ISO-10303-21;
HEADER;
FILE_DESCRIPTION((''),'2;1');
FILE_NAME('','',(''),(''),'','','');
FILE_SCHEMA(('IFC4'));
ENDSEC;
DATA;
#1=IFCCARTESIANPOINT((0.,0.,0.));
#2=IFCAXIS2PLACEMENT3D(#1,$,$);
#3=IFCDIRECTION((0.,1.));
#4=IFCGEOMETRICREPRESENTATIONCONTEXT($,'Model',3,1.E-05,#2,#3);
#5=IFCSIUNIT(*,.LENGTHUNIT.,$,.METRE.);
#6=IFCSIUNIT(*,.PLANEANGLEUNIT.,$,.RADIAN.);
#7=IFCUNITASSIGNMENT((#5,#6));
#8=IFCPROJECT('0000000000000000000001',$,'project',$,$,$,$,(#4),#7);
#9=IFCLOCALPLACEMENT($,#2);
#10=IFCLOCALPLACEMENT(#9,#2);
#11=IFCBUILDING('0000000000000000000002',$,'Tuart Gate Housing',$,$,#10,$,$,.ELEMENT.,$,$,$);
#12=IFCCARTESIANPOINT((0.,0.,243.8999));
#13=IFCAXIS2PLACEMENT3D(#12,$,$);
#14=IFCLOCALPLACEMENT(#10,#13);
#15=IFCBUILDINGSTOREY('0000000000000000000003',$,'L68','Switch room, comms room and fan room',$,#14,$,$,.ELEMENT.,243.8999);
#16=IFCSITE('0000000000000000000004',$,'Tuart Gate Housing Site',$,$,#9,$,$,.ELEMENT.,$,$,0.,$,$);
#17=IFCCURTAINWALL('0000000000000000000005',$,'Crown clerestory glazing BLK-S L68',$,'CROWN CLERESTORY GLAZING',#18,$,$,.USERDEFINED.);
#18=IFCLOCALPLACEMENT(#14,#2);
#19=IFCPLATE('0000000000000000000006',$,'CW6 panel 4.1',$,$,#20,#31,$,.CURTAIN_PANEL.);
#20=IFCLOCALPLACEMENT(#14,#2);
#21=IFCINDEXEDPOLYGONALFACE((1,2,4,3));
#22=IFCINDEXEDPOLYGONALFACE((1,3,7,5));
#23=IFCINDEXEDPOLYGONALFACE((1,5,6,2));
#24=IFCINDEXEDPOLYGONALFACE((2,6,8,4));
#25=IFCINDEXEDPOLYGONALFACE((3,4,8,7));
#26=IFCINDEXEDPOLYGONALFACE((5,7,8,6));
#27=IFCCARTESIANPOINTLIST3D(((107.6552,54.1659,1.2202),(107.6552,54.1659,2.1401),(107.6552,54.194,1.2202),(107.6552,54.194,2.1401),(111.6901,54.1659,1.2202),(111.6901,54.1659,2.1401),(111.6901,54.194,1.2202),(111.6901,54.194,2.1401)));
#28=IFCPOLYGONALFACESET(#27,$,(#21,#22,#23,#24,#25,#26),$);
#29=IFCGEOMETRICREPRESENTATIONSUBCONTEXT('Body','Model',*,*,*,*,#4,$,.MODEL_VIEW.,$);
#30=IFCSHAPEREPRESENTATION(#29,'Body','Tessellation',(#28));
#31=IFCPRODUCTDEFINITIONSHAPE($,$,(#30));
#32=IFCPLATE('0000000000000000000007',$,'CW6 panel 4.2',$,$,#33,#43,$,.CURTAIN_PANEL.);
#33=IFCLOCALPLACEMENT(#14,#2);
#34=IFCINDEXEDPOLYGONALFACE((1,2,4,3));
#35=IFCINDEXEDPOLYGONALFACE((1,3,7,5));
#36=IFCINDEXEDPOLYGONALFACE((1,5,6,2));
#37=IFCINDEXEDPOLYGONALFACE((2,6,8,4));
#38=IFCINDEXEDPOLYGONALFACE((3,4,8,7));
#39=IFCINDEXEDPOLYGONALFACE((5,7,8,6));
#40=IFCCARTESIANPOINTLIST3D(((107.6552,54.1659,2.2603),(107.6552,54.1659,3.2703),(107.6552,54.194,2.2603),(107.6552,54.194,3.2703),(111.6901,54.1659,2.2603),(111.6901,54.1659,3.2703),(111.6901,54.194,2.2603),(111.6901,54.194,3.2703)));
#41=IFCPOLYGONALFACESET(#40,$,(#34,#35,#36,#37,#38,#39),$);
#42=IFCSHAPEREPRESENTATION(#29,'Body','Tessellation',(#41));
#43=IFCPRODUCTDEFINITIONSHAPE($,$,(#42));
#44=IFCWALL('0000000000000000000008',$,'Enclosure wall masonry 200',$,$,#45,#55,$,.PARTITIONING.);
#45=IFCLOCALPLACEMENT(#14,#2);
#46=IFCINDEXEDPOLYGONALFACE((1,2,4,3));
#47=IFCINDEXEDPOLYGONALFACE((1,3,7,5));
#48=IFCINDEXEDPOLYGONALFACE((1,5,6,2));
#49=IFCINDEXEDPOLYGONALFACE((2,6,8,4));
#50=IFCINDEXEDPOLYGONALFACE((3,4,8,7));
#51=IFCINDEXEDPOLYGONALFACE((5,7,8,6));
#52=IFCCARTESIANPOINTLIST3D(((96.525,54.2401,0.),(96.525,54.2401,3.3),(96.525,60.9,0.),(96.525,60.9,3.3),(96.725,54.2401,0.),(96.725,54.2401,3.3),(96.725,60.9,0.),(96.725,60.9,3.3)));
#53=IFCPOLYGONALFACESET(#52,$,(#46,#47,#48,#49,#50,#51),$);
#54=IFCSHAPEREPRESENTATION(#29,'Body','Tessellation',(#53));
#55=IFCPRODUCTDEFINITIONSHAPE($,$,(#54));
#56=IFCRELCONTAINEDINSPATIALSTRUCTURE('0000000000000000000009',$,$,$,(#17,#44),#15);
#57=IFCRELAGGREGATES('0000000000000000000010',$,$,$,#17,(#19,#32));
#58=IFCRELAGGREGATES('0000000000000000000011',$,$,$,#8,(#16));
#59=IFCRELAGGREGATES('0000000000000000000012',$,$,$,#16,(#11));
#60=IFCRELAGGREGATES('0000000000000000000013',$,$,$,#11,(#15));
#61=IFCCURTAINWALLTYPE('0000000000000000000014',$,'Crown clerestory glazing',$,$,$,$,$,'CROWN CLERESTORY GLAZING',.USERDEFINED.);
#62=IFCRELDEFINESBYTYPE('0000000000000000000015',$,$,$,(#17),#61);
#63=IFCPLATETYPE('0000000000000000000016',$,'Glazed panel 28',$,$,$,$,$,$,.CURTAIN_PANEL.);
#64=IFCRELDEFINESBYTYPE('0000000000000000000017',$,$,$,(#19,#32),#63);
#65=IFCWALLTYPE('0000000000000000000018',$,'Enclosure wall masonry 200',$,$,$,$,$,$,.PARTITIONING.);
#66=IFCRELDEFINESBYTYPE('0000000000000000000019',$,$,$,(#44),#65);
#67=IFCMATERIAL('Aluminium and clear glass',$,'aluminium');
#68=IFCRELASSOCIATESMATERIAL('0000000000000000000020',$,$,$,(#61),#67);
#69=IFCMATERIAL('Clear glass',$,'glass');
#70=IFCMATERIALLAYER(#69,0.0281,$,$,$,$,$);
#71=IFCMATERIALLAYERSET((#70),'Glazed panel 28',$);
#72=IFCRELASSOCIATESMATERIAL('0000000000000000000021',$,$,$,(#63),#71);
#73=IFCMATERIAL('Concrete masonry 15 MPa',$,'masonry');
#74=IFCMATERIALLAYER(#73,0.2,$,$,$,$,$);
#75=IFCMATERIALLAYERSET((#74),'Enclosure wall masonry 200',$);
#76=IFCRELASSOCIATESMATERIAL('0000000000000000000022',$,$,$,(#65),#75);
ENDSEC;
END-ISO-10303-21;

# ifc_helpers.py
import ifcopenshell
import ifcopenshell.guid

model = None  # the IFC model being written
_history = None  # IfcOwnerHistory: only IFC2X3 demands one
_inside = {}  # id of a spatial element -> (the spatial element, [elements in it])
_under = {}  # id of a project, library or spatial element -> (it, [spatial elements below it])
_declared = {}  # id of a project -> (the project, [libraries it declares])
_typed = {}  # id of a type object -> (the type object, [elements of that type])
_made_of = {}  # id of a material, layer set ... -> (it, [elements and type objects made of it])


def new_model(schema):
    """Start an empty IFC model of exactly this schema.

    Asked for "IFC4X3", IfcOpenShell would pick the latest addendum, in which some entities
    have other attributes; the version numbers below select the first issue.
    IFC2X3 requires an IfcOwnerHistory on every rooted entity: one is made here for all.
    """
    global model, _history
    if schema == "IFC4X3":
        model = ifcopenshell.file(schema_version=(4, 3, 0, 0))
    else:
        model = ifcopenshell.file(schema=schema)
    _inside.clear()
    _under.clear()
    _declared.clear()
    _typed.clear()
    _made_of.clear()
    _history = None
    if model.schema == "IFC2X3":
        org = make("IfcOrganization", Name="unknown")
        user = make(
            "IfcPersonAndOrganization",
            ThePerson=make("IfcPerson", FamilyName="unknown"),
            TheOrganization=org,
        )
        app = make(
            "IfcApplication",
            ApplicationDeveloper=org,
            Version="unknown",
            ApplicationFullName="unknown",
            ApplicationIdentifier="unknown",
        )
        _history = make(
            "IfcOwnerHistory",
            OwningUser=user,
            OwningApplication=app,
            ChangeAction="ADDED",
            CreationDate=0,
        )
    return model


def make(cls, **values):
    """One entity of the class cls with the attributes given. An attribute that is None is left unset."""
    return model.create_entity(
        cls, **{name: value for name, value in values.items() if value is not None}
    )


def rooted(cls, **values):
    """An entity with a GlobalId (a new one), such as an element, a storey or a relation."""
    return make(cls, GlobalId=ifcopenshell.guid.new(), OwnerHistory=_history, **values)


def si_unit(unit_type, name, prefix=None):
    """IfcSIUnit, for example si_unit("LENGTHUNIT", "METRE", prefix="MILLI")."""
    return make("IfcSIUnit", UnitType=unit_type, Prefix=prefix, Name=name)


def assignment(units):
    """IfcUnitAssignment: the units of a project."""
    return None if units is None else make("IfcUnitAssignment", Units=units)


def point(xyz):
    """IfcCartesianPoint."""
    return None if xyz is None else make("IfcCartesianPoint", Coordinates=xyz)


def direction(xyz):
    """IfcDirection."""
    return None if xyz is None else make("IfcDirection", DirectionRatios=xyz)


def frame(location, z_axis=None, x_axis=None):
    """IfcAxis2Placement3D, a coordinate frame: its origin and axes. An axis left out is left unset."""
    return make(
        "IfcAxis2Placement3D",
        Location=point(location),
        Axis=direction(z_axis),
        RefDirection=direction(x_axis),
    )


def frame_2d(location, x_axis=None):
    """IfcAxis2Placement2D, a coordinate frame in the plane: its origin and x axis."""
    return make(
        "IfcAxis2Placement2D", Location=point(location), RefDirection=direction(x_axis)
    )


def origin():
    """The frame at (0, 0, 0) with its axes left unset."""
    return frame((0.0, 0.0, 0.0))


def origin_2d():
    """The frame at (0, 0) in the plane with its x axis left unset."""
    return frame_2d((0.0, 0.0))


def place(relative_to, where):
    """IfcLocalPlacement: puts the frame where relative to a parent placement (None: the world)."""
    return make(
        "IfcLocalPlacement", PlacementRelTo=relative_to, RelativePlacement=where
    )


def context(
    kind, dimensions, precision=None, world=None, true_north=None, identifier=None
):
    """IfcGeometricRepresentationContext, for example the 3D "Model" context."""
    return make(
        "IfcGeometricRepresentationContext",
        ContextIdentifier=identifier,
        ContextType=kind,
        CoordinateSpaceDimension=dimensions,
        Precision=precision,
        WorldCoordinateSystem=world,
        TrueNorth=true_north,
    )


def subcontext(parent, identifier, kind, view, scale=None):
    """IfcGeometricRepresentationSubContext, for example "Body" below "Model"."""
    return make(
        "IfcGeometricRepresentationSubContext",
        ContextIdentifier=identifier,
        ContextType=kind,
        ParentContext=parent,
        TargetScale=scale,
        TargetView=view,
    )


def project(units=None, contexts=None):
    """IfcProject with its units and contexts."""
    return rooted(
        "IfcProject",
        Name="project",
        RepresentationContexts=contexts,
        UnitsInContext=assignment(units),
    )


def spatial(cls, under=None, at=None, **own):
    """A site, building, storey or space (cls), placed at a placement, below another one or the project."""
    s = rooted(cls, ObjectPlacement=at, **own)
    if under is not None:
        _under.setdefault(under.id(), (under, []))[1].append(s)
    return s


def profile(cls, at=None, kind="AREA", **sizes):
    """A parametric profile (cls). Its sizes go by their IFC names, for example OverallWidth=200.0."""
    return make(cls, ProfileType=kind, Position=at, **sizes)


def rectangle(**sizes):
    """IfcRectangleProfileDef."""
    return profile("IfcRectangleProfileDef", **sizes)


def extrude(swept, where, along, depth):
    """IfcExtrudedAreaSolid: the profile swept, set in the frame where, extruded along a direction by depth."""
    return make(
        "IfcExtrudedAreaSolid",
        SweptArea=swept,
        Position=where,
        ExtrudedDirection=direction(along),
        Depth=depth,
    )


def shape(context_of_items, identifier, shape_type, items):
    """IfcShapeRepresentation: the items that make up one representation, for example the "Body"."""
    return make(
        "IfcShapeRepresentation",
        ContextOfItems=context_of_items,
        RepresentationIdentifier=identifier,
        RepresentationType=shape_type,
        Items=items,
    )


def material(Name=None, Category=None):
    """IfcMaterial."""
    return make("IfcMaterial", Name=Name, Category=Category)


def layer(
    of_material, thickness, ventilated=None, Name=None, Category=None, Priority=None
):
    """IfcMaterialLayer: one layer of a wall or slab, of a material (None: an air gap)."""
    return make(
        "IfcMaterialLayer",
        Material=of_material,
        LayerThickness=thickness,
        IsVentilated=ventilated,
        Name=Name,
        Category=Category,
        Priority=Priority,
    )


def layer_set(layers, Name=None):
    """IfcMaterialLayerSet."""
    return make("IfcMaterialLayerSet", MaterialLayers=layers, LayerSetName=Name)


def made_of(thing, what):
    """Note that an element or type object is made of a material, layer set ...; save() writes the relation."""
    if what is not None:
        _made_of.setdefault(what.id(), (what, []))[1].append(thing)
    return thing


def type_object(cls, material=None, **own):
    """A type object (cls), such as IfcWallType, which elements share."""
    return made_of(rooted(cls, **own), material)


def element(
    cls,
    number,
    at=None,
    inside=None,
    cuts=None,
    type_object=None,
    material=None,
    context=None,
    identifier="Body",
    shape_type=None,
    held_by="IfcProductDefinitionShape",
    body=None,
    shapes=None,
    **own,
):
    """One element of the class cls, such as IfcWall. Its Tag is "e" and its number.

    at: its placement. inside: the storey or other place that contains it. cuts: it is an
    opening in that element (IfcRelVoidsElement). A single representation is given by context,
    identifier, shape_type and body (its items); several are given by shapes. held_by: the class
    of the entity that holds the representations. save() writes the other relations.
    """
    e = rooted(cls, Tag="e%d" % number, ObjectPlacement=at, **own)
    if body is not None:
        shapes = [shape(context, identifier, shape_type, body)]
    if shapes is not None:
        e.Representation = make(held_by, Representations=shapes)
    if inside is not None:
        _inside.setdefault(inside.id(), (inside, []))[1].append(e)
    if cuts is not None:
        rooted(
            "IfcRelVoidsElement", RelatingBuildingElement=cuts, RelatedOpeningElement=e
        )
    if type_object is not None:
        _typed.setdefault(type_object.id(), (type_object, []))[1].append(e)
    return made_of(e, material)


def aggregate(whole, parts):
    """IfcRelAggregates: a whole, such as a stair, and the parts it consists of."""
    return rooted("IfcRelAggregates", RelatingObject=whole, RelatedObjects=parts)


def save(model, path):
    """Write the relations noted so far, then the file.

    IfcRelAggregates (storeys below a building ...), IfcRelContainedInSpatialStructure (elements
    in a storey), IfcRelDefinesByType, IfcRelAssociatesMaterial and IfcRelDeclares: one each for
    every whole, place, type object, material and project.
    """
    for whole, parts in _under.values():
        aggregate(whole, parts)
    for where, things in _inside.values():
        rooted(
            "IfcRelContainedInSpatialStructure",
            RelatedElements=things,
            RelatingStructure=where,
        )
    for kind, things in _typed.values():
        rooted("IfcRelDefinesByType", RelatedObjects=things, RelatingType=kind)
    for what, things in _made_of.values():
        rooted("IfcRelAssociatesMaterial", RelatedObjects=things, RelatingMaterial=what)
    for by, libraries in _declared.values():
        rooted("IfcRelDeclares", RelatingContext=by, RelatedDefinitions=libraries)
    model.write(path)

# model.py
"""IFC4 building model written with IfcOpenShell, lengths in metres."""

from ifc_helpers import new_model, si_unit, direction, frame, frame_2d, origin, origin_2d, place, context, subcontext, project, spatial, rectangle, extrude, material, layer, layer_set, type_object, element, aggregate, save


model = new_model("IFC4")

# Units and contexts
model_context = context("Model", 3, precision=1e-05, world=origin(), true_north=direction((0.0, 1.0)))
body_context = subcontext(model_context, "Body", "Model", "MODEL_VIEW")
ifc_project = project(units=[si_unit("LENGTHUNIT", "METRE"), si_unit("PLANEANGLEUNIT", "RADIAN")], contexts=[model_context])

# Site, building, storey
site_placement = place(None, origin())
site = spatial("IfcSite", under=ifc_project, at=site_placement, Name="Tuart Gate Housing Site", CompositionType="ELEMENT", RefElevation=0.0)
building_placement = place(site_placement, origin())
building = spatial("IfcBuilding", under=site, at=building_placement, Name="Tuart Gate Housing", CompositionType="ELEMENT")
storey_placement = place(building_placement, frame((0.0, 0.0, 243.8999)))
storey = spatial("IfcBuildingStorey", under=building, at=storey_placement, Name="L68", Description="Switch room, comms room and fan room", CompositionType="ELEMENT", Elevation=243.8999)

# Curtain wall, plates
ifc_material_1 = material(Name="Aluminium and clear glass", Category="aluminium")
curtain_wall_type = type_object("IfcCurtainWallType", Name="Crown clerestory glazing", ElementType="CROWN CLERESTORY GLAZING", PredefinedType="USERDEFINED", material=ifc_material_1)
curtain_wall_placement = place(storey_placement, origin())
curtain_wall = element("IfcCurtainWall", 1, at=curtain_wall_placement, inside=storey, type_object=curtain_wall_type, Name="Crown clerestory glazing BLK-S L68", ObjectType="CROWN CLERESTORY GLAZING", PredefinedType="USERDEFINED")
ifc_material_2 = material(Name="Clear glass", Category="glass")
ifc_layer_1 = layer(ifc_material_2, 0.0281)
ifc_layer_set_1 = layer_set([ifc_layer_1], Name="Glazed panel 28")
plate_type = type_object("IfcPlateType", Name="Glazed panel 28", PredefinedType="CURTAIN_PANEL", material=ifc_layer_set_1)
plate_1_placement = place(storey_placement, frame((109.6726, 54.1799, 1.2202), z_axis=(0.0, 0.0, 1.0), x_axis=(1.0, 0.0, 0.0)))
plate_1 = element("IfcPlate", 2, at=plate_1_placement, type_object=plate_type, Name="CW6 panel 4.1", PredefinedType="CURTAIN_PANEL", context=body_context, shape_type="SweptSolid", body=[
    extrude(rectangle(XDim=4.0349, YDim=0.0281, at=origin_2d()), origin(), (0.0, 0.0, 1.0), 0.9199),
])
plate_2_placement = place(storey_placement, frame((109.6726, 54.1799, 2.2603), z_axis=(0.0, 0.0, 1.0), x_axis=(1.0, 0.0, 0.0)))
plate_2 = element("IfcPlate", 3, at=plate_2_placement, type_object=plate_type, Name="CW6 panel 4.2", PredefinedType="CURTAIN_PANEL", context=body_context, shape_type="SweptSolid", body=[
    extrude(rectangle(XDim=4.0349, YDim=0.0281, at=origin_2d()), origin(), (0.0, 0.0, 1.0), 1.01),
])
aggregate(curtain_wall, [plate_1, plate_2])

# Wall
ifc_material_3 = material(Name="Concrete masonry 15 MPa", Category="masonry")
ifc_layer_2 = layer(ifc_material_3, 0.2)
ifc_layer_set_2 = layer_set([ifc_layer_2], Name="Enclosure wall masonry 200")
wall_type = type_object("IfcWallType", Name="Enclosure wall masonry 200", PredefinedType="PARTITIONING", material=ifc_layer_set_2)
wall_placement = place(storey_placement, frame((96.625, 54.24, 0.0), z_axis=(0.0, 0.0, 1.0), x_axis=(0.0, 1.0, 0.0)))
element("IfcWall", 4, at=wall_placement, inside=storey, type_object=wall_type, Name="Enclosure wall masonry 200", PredefinedType="PARTITIONING", context=body_context, shape_type="SweptSolid", body=[
    extrude(rectangle(XDim=6.6599, YDim=0.2, at=frame_2d((3.3301, 0.0))), origin(), (0.0, 0.0, 1.0), 3.3),
])

save(model, "model.ifc")
